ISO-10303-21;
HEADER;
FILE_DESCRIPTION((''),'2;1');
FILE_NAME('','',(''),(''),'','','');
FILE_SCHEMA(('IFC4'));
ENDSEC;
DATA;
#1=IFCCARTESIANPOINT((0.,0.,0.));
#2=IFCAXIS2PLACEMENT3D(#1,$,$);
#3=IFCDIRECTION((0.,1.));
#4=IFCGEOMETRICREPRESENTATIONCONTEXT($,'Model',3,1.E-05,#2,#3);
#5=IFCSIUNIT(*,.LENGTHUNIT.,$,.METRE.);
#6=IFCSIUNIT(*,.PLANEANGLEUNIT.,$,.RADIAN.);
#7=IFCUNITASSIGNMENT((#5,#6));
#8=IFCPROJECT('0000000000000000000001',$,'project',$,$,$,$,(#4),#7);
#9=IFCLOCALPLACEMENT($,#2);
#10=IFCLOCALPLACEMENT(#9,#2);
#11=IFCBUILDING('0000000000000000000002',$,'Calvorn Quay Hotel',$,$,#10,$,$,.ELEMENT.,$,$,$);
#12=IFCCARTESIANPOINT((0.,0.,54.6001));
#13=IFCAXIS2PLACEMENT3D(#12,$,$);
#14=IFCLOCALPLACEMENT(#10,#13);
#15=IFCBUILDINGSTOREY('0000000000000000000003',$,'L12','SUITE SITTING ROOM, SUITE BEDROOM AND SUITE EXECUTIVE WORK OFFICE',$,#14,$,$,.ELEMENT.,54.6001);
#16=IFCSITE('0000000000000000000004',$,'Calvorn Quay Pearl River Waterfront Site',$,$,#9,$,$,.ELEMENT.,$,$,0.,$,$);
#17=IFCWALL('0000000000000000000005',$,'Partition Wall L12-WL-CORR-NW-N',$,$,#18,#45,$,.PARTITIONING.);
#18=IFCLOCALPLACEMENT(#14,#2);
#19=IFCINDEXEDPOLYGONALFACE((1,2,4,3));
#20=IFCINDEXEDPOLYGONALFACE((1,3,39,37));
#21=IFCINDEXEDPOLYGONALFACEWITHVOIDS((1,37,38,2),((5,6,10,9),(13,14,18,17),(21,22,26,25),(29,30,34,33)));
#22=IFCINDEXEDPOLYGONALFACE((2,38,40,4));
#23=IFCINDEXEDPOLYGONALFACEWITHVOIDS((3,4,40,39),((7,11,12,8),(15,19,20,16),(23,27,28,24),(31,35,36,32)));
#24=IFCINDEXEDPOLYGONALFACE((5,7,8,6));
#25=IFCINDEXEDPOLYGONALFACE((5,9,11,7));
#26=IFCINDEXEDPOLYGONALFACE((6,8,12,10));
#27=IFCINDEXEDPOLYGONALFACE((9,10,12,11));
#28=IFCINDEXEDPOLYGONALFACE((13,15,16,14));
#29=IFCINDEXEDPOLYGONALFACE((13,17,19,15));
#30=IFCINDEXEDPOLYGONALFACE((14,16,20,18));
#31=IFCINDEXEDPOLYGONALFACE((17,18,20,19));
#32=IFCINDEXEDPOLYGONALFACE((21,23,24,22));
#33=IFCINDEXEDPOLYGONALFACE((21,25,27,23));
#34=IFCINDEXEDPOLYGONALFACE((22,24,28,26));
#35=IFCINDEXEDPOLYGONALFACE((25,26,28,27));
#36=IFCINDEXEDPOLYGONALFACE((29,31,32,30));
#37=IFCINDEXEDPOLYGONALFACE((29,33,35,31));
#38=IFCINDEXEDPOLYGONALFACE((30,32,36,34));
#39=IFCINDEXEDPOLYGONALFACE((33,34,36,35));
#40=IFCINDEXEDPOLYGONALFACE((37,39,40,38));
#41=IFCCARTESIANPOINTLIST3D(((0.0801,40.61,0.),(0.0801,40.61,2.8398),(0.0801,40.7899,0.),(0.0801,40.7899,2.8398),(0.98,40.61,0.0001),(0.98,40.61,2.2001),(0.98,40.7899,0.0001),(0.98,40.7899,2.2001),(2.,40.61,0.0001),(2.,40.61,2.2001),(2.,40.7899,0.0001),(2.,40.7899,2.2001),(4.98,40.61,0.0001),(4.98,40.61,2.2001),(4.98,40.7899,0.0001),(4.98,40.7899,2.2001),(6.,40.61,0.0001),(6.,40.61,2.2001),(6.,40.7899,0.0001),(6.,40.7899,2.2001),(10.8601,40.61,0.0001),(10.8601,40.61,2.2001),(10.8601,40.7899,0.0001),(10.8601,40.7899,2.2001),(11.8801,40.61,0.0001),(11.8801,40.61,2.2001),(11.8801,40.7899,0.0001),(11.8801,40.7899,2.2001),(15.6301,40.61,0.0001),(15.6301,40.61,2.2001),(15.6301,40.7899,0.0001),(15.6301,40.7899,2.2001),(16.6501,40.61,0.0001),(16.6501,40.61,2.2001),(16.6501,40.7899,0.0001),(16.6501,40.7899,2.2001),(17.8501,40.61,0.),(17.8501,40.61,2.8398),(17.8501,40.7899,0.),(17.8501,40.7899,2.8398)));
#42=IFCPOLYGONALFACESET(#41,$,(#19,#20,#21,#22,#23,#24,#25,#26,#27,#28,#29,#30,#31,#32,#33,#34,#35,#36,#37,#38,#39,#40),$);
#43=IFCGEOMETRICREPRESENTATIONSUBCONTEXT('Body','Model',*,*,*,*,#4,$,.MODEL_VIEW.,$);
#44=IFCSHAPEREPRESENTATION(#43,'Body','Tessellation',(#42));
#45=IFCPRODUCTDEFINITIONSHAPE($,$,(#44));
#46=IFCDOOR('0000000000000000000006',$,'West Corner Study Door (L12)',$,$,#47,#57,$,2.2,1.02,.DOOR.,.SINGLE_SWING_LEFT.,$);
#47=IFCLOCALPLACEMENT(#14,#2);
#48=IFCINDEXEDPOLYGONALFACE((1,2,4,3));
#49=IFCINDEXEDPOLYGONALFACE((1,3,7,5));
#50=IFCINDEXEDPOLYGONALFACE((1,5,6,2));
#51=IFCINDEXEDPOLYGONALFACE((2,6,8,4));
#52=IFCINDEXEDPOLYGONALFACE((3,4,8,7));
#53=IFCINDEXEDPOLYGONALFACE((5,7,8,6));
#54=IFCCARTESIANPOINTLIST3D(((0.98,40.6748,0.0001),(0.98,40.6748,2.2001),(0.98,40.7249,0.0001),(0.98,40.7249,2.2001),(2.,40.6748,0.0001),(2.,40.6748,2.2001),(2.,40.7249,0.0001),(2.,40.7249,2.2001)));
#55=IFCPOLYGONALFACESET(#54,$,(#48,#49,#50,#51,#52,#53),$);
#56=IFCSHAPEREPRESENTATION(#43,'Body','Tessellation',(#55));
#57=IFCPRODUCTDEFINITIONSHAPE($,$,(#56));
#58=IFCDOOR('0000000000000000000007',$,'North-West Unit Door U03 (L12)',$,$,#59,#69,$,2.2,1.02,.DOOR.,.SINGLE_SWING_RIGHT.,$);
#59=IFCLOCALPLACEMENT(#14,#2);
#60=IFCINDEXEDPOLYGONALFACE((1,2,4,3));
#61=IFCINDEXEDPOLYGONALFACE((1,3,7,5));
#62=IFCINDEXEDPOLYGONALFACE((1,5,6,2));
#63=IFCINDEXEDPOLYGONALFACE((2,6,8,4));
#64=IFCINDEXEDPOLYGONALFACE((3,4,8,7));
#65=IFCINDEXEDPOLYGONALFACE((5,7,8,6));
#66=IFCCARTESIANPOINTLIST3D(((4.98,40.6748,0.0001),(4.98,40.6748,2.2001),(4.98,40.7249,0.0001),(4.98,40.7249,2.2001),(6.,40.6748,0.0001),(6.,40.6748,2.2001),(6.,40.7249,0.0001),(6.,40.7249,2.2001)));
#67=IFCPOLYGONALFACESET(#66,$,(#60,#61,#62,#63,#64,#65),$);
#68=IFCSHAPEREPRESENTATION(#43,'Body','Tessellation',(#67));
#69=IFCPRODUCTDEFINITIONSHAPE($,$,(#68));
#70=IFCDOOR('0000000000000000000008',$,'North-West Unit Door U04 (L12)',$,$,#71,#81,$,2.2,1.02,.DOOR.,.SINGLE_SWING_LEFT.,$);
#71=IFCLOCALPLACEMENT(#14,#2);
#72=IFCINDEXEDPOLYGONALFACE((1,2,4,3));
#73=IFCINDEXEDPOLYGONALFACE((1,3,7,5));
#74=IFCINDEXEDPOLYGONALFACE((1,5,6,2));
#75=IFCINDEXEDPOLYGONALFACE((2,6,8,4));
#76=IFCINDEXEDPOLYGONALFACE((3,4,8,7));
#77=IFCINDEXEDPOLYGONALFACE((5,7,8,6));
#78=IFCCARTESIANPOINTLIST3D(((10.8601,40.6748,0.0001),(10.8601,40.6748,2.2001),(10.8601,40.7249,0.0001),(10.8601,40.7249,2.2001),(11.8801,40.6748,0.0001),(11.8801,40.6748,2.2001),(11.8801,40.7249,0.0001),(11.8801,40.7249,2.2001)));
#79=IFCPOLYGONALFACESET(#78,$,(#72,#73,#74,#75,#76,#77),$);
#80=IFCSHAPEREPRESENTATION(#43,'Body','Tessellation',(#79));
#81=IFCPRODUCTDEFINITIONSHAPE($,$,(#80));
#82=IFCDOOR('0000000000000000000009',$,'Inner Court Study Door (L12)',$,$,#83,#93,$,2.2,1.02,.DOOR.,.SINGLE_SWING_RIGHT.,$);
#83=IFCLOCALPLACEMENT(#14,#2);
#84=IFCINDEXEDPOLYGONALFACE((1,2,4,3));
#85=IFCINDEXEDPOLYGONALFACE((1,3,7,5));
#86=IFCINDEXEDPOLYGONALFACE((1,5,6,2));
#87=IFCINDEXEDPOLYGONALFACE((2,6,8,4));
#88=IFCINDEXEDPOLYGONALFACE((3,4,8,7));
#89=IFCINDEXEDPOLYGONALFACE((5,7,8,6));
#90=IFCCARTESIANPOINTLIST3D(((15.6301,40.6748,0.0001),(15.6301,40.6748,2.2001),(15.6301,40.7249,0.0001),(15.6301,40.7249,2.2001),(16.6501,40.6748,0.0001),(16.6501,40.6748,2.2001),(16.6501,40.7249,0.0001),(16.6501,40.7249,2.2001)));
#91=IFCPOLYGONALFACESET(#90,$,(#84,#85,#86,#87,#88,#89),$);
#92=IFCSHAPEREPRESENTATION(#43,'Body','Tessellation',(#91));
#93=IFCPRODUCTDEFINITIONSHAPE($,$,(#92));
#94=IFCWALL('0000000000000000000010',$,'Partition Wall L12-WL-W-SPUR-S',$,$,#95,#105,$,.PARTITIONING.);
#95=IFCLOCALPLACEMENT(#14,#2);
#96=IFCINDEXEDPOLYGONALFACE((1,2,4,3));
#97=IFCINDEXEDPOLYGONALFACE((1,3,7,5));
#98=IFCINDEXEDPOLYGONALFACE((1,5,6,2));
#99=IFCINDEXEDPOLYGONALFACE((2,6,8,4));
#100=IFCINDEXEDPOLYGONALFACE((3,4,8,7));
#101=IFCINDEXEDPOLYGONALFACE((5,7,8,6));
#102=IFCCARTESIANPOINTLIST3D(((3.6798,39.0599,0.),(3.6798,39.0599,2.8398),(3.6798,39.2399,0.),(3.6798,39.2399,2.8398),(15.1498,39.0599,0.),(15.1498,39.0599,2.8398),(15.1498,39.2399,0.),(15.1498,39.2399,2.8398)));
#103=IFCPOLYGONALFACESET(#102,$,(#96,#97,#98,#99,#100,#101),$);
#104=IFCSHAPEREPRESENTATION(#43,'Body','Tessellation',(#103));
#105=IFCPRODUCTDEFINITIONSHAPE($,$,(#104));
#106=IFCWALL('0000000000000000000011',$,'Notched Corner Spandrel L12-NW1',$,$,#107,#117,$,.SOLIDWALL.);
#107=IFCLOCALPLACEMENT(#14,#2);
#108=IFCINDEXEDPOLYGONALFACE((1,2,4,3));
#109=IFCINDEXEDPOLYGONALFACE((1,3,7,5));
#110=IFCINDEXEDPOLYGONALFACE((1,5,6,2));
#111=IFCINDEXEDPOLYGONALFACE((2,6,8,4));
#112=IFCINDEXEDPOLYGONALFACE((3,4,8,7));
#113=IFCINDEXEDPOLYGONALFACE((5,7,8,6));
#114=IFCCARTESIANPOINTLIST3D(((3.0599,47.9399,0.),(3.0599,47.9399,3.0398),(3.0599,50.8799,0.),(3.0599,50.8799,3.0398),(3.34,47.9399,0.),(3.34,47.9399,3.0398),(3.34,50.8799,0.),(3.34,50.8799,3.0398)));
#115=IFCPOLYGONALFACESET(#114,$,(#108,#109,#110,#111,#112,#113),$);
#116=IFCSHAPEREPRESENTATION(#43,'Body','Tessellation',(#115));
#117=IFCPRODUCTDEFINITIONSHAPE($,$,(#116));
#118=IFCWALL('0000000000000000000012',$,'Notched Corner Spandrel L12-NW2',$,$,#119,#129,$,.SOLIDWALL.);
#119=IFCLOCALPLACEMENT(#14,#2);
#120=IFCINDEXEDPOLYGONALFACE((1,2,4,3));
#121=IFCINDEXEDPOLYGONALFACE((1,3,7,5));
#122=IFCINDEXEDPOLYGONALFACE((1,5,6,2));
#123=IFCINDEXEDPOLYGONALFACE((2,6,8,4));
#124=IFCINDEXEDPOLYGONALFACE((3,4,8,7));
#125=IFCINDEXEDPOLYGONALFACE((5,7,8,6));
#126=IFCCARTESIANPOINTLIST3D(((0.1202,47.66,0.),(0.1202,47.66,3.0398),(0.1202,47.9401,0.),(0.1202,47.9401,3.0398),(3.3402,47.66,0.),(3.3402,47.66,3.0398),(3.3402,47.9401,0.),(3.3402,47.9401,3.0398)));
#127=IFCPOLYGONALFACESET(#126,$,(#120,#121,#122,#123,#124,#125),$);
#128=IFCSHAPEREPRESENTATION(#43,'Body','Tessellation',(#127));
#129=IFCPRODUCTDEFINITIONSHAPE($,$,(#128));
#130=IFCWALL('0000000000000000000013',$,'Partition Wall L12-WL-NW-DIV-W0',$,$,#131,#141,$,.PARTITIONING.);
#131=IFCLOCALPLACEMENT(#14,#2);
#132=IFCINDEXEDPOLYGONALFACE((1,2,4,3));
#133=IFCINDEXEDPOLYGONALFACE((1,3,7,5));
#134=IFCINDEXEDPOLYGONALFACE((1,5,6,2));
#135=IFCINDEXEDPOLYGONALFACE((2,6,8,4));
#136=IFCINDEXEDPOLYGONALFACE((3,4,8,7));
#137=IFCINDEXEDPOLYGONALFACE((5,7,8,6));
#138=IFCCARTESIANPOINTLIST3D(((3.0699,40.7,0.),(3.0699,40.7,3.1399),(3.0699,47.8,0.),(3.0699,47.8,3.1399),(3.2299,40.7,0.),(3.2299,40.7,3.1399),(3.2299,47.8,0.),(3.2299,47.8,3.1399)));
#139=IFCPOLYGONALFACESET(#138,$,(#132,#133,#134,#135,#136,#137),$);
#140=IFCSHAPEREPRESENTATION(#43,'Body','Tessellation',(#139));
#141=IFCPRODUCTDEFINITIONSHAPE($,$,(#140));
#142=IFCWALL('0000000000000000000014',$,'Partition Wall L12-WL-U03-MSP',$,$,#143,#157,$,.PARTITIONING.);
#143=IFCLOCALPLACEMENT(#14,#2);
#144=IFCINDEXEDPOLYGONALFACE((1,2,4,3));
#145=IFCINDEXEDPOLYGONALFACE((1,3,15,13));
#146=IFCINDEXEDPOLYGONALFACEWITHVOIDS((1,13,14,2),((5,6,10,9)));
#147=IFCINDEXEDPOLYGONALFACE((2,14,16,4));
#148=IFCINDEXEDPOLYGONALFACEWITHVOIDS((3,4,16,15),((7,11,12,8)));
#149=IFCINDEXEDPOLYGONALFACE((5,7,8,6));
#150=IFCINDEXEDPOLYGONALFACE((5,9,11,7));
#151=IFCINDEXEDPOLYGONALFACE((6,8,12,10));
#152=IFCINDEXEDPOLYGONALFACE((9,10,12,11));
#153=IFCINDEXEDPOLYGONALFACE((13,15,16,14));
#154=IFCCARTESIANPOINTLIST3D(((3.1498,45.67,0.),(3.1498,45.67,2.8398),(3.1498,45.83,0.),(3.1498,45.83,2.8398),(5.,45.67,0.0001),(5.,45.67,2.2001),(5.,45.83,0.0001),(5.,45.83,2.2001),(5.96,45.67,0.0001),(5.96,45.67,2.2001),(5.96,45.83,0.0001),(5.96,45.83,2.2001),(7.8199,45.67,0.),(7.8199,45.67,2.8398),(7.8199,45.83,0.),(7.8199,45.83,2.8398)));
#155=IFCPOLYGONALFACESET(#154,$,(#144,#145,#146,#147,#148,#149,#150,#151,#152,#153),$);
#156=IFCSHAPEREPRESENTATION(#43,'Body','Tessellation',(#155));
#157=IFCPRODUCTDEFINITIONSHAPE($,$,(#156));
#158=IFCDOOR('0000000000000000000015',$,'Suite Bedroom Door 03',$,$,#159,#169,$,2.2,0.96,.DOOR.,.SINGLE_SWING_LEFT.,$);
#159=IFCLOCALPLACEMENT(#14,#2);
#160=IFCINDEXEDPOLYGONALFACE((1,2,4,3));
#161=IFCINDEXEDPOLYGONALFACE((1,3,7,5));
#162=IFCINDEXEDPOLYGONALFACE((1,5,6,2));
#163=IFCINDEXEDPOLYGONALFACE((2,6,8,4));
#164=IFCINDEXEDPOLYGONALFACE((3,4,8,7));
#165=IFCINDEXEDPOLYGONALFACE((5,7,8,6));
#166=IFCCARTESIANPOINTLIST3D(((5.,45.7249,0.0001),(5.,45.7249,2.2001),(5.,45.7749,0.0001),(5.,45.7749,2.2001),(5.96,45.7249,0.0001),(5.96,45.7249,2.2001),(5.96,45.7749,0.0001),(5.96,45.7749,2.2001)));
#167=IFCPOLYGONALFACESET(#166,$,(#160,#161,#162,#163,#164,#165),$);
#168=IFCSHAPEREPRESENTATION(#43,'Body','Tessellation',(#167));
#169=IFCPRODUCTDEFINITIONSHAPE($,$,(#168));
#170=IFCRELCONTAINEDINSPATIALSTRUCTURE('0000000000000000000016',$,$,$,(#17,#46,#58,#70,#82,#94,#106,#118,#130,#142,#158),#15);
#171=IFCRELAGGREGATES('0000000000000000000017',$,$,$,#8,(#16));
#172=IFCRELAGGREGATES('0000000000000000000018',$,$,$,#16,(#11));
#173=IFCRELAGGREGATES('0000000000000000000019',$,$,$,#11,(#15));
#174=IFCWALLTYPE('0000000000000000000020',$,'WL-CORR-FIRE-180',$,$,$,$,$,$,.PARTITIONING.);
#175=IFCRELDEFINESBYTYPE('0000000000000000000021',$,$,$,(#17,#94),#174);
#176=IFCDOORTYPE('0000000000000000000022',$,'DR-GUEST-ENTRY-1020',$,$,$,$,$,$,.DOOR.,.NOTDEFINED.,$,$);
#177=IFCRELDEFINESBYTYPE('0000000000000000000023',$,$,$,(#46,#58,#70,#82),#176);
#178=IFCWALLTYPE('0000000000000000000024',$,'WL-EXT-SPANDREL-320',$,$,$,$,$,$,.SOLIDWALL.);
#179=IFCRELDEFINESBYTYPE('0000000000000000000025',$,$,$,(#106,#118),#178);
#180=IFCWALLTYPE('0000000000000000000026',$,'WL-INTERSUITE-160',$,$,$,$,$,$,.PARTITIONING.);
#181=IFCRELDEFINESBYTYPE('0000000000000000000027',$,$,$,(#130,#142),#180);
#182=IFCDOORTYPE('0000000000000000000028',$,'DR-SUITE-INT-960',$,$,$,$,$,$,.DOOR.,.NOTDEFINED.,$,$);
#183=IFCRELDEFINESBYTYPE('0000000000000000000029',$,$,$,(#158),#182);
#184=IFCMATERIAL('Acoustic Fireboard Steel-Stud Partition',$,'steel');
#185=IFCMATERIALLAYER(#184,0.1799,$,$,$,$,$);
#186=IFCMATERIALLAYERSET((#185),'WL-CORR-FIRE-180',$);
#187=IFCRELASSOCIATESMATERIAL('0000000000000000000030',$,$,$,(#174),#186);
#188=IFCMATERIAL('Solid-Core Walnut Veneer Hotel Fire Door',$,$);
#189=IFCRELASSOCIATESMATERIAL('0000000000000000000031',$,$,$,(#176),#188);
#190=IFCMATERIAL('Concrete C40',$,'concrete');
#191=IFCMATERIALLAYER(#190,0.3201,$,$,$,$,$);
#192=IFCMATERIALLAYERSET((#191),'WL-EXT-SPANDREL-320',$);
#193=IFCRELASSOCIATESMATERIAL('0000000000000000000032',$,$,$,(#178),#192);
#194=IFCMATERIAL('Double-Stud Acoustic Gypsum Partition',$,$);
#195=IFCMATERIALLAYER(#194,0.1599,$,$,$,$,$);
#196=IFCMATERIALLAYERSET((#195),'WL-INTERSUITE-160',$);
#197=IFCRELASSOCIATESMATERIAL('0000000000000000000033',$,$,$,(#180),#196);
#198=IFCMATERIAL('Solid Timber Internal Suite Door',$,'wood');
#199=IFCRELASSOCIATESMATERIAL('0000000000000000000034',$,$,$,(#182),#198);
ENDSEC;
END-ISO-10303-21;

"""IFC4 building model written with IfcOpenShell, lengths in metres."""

from ifc_helpers import new_model, si_unit, direction, frame, frame_2d, origin, place, context, subcontext, project, spatial, rectangle, extrude, material, layer, layer_set, type_object, element, fill, save


model = new_model("IFC4")

# Units and contexts
model_context = context("Model", 3, precision=1e-05, world=origin(), true_north=direction((0.0, 1.0)))
body_context = subcontext(model_context, "Body", "Model", "MODEL_VIEW")
ifc_project = project(units=[si_unit("LENGTHUNIT", "METRE"), si_unit("PLANEANGLEUNIT", "RADIAN")], contexts=[model_context])

# Site, building, storey
site_placement = place(None, origin())
site = spatial("IfcSite", under=ifc_project, at=site_placement, Name="Calvorn Quay Pearl River Waterfront Site", CompositionType="ELEMENT", RefElevation=0.0)
building_placement = place(site_placement, origin())
building = spatial("IfcBuilding", under=site, at=building_placement, Name="Calvorn Quay Hotel", CompositionType="ELEMENT")
storey_placement = place(building_placement, frame((0.0, 0.0, 54.6001)))
storey = spatial("IfcBuildingStorey", under=building, at=storey_placement, Name="L12", Description="SUITE SITTING ROOM, SUITE BEDROOM AND SUITE EXECUTIVE WORK OFFICE", CompositionType="ELEMENT", Elevation=54.6001)

# Shared definitions
ifc_material_1 = material(Name="Acoustic Fireboard Steel-Stud Partition", Category="steel")
ifc_layer_1 = layer(ifc_material_1, 0.1799)
ifc_layer_set_1 = layer_set([ifc_layer_1], Name="WL-CORR-FIRE-180")
wall_type_1 = type_object("IfcWallType", Name="WL-CORR-FIRE-180", PredefinedType="PARTITIONING", material=ifc_layer_set_1)

# Wall, openings, doors
wall_1_placement = place(storey_placement, frame((0.0801, 40.7, 0.0), z_axis=(0.0, 0.0, 1.0), x_axis=(1.0, 0.0, 0.0)))
wall_1 = element("IfcWall", 1, at=wall_1_placement, inside=storey, type_object=wall_type_1, Name="Partition Wall L12-WL-CORR-NW-N", PredefinedType="PARTITIONING", context=body_context, shape_type="SweptSolid", body=[
    extrude(rectangle(XDim=17.77, YDim=0.1799, at=frame_2d((8.885, 0.0))), origin(), (0.0, 0.0, 1.0), 2.8398),
])
opening_1_placement = place(wall_1_placement, frame((0.8999, 0.0, 0.0)))
opening_1 = element("IfcOpeningElement", 2, at=opening_1_placement, cuts=wall_1, PredefinedType="OPENING", context=body_context, shape_type="SweptSolid", body=[
    extrude(rectangle(XDim=1.02, YDim=2.2, at=frame_2d((0.51, 1.1001))), frame((0.0, 0.0999, 0.0), z_axis=(0.0, -1.0, 0.0), x_axis=(1.0, 0.0, 0.0)), (0.0, 0.0, 1.0), 0.2),
])
opening_2_placement = place(wall_1_placement, frame((4.8999, 0.0, 0.0)))
opening_2 = element("IfcOpeningElement", 3, at=opening_2_placement, cuts=wall_1, PredefinedType="OPENING", context=body_context, shape_type="SweptSolid", body=[
    extrude(rectangle(XDim=1.02, YDim=2.2, at=frame_2d((0.51, 1.1001))), frame((0.0, 0.0999, 0.0), z_axis=(0.0, -1.0, 0.0), x_axis=(1.0, 0.0, 0.0)), (0.0, 0.0, 1.0), 0.2),
])
opening_3_placement = place(wall_1_placement, frame((10.78, 0.0, 0.0)))
opening_3 = element("IfcOpeningElement", 4, at=opening_3_placement, cuts=wall_1, PredefinedType="OPENING", context=body_context, shape_type="SweptSolid", body=[
    extrude(rectangle(XDim=1.02, YDim=2.2, at=frame_2d((0.51, 1.1001))), frame((0.0, 0.0999, 0.0), z_axis=(0.0, -1.0, 0.0), x_axis=(1.0, 0.0, 0.0)), (0.0, 0.0, 1.0), 0.2),
])
opening_4_placement = place(wall_1_placement, frame((15.55, 0.0, 0.0)))
opening_4 = element("IfcOpeningElement", 5, at=opening_4_placement, cuts=wall_1, PredefinedType="OPENING", context=body_context, shape_type="SweptSolid", body=[
    extrude(rectangle(XDim=1.02, YDim=2.2, at=frame_2d((0.51, 1.1001))), frame((0.0, 0.0999, 0.0), z_axis=(0.0, -1.0, 0.0), x_axis=(1.0, 0.0, 0.0)), (0.0, 0.0, 1.0), 0.2),
])
ifc_material_2 = material(Name="Solid-Core Walnut Veneer Hotel Fire Door")
door_type_1 = type_object("IfcDoorType", Name="DR-GUEST-ENTRY-1020", OperationType="NOTDEFINED", PredefinedType="DOOR", material=ifc_material_2)
door_1_placement = place(opening_1_placement, origin())
door_1 = element("IfcDoor", 6, at=door_1_placement, inside=storey, type_object=door_type_1, Name="West Corner Study Door (L12)", OperationType="SINGLE_SWING_LEFT", OverallHeight=2.2, OverallWidth=1.02, PredefinedType="DOOR", context=body_context, shape_type="SweptSolid", body=[
    extrude(rectangle(XDim=1.02, YDim=2.2, at=frame_2d((0.51, 1.1001))), frame((0.0, 0.0249, 0.0), z_axis=(0.0, -1.0, 0.0), x_axis=(1.0, 0.0, 0.0)), (0.0, 0.0, 1.0), 0.05),
])
fill(opening_1, door_1)
door_2_placement = place(opening_2_placement, origin())
door_2 = element("IfcDoor", 7, at=door_2_placement, inside=storey, type_object=door_type_1, Name="North-West Unit Door U03 (L12)", OperationType="SINGLE_SWING_RIGHT", OverallHeight=2.2, OverallWidth=1.02, PredefinedType="DOOR", context=body_context, shape_type="SweptSolid", body=[
    extrude(rectangle(XDim=1.02, YDim=2.2, at=frame_2d((0.51, 1.1001))), frame((0.0, 0.0249, 0.0), z_axis=(0.0, -1.0, 0.0), x_axis=(1.0, 0.0, 0.0)), (0.0, 0.0, 1.0), 0.05),
])
fill(opening_2, door_2)
door_3_placement = place(opening_3_placement, origin())
door_3 = element("IfcDoor", 8, at=door_3_placement, inside=storey, type_object=door_type_1, Name="North-West Unit Door U04 (L12)", OperationType="SINGLE_SWING_LEFT", OverallHeight=2.2, OverallWidth=1.02, PredefinedType="DOOR", context=body_context, shape_type="SweptSolid", body=[
    extrude(rectangle(XDim=1.02, YDim=2.2, at=frame_2d((0.51, 1.1001))), frame((0.0, 0.0249, 0.0), z_axis=(0.0, -1.0, 0.0), x_axis=(1.0, 0.0, 0.0)), (0.0, 0.0, 1.0), 0.05),
])
fill(opening_3, door_3)
door_4_placement = place(opening_4_placement, origin())
door_4 = element("IfcDoor", 9, at=door_4_placement, inside=storey, type_object=door_type_1, Name="Inner Court Study Door (L12)", OperationType="SINGLE_SWING_RIGHT", OverallHeight=2.2, OverallWidth=1.02, PredefinedType="DOOR", context=body_context, shape_type="SweptSolid", body=[
    extrude(rectangle(XDim=1.02, YDim=2.2, at=frame_2d((0.51, 1.1001))), frame((0.0, 0.0249, 0.0), z_axis=(0.0, -1.0, 0.0), x_axis=(1.0, 0.0, 0.0)), (0.0, 0.0, 1.0), 0.05),
])
fill(opening_4, door_4)

# Walls
wall_2_placement = place(storey_placement, frame((3.6799, 39.1499, 0.0), z_axis=(0.0, 0.0, 1.0), x_axis=(1.0, 0.0, 0.0)))
element("IfcWall", 10, at=wall_2_placement, inside=storey, type_object=wall_type_1, Name="Partition Wall L12-WL-W-SPUR-S", PredefinedType="PARTITIONING", context=body_context, shape_type="SweptSolid", body=[
    extrude(rectangle(XDim=11.47, YDim=0.1799, at=frame_2d((5.7349, 0.0))), origin(), (0.0, 0.0, 1.0), 2.8398),
])
ifc_material_3 = material(Name="Concrete C40", Category="concrete")
ifc_layer_2 = layer(ifc_material_3, 0.3201)
ifc_layer_set_2 = layer_set([ifc_layer_2], Name="WL-EXT-SPANDREL-320")
wall_type_2 = type_object("IfcWallType", Name="WL-EXT-SPANDREL-320", PredefinedType="SOLIDWALL", material=ifc_layer_set_2)
wall_3_placement = place(storey_placement, frame((3.2, 50.8799, 0.0), z_axis=(0.0, 0.0, 1.0), x_axis=(0.0, -1.0, 0.0)))
element("IfcWall", 11, at=wall_3_placement, inside=storey, type_object=wall_type_2, Name="Notched Corner Spandrel L12-NW1", PredefinedType="SOLIDWALL", context=body_context, shape_type="SweptSolid", body=[
    extrude(rectangle(XDim=2.9399, YDim=0.28, at=frame_2d((1.47, 0.0))), origin(), (0.0, 0.0, 1.0), 3.0398),
])
wall_4_placement = place(storey_placement, frame((3.3401, 47.8, 0.0), z_axis=(0.0, 0.0, 1.0), x_axis=(-1.0, 0.0, 0.0)))
element("IfcWall", 12, at=wall_4_placement, inside=storey, type_object=wall_type_2, Name="Notched Corner Spandrel L12-NW2", PredefinedType="SOLIDWALL", context=body_context, shape_type="SweptSolid", body=[
    extrude(rectangle(XDim=3.22, YDim=0.28, at=frame_2d((1.6099, 0.0))), origin(), (0.0, 0.0, 1.0), 3.0398),
])
ifc_material_4 = material(Name="Double-Stud Acoustic Gypsum Partition")
ifc_layer_3 = layer(ifc_material_4, 0.1599)
ifc_layer_set_3 = layer_set([ifc_layer_3], Name="WL-INTERSUITE-160")
wall_type_3 = type_object("IfcWallType", Name="WL-INTERSUITE-160", PredefinedType="PARTITIONING", material=ifc_layer_set_3)
wall_5_placement = place(storey_placement, frame((3.1499, 40.7, 0.0), z_axis=(0.0, 0.0, 1.0), x_axis=(0.0, 1.0, 0.0)))
element("IfcWall", 13, at=wall_5_placement, inside=storey, type_object=wall_type_3, Name="Partition Wall L12-WL-NW-DIV-W0", PredefinedType="PARTITIONING", context=body_context, shape_type="SweptSolid", body=[
    extrude(rectangle(XDim=7.1001, YDim=0.1599, at=frame_2d((3.55, 0.0))), origin(), (0.0, 0.0, 1.0), 3.1399),
])

# Wall, opening, door
wall_6_placement = place(storey_placement, frame((3.1499, 45.75, 0.0), z_axis=(0.0, 0.0, 1.0), x_axis=(1.0, 0.0, 0.0)))
wall_6 = element("IfcWall", 14, at=wall_6_placement, inside=storey, type_object=wall_type_3, Name="Partition Wall L12-WL-U03-MSP", PredefinedType="PARTITIONING", context=body_context, shape_type="SweptSolid", body=[
    extrude(rectangle(XDim=4.6702, YDim=0.1599, at=frame_2d((2.335, 0.0))), origin(), (0.0, 0.0, 1.0), 2.8398),
])
opening_5_placement = place(wall_6_placement, frame((1.8501, 0.0, 0.0)))
opening_5 = element("IfcOpeningElement", 15, at=opening_5_placement, cuts=wall_6, PredefinedType="OPENING", context=body_context, shape_type="SweptSolid", body=[
    extrude(rectangle(XDim=0.96, YDim=2.2, at=frame_2d((0.48, 1.1001))), frame((0.0, 0.0898, 0.0), z_axis=(0.0, -1.0, 0.0), x_axis=(1.0, 0.0, 0.0)), (0.0, 0.0, 1.0), 0.1799),
])
ifc_material_5 = material(Name="Solid Timber Internal Suite Door", Category="wood")
door_type_2 = type_object("IfcDoorType", Name="DR-SUITE-INT-960", OperationType="NOTDEFINED", PredefinedType="DOOR", material=ifc_material_5)
door_5_placement = place(opening_5_placement, origin())
door_5 = element("IfcDoor", 16, at=door_5_placement, inside=storey, type_object=door_type_2, Name="Suite Bedroom Door 03", OperationType="SINGLE_SWING_LEFT", OverallHeight=2.2, OverallWidth=0.96, PredefinedType="DOOR", context=body_context, shape_type="SweptSolid", body=[
    extrude(rectangle(XDim=0.96, YDim=2.2, at=frame_2d((0.48, 1.1001))), frame((0.0, 0.0249, 0.0), z_axis=(0.0, -1.0, 0.0), x_axis=(1.0, 0.0, 0.0)), (0.0, 0.0, 1.0), 0.05),
])
fill(opening_5, door_5)

save(model, "model.ifc")
